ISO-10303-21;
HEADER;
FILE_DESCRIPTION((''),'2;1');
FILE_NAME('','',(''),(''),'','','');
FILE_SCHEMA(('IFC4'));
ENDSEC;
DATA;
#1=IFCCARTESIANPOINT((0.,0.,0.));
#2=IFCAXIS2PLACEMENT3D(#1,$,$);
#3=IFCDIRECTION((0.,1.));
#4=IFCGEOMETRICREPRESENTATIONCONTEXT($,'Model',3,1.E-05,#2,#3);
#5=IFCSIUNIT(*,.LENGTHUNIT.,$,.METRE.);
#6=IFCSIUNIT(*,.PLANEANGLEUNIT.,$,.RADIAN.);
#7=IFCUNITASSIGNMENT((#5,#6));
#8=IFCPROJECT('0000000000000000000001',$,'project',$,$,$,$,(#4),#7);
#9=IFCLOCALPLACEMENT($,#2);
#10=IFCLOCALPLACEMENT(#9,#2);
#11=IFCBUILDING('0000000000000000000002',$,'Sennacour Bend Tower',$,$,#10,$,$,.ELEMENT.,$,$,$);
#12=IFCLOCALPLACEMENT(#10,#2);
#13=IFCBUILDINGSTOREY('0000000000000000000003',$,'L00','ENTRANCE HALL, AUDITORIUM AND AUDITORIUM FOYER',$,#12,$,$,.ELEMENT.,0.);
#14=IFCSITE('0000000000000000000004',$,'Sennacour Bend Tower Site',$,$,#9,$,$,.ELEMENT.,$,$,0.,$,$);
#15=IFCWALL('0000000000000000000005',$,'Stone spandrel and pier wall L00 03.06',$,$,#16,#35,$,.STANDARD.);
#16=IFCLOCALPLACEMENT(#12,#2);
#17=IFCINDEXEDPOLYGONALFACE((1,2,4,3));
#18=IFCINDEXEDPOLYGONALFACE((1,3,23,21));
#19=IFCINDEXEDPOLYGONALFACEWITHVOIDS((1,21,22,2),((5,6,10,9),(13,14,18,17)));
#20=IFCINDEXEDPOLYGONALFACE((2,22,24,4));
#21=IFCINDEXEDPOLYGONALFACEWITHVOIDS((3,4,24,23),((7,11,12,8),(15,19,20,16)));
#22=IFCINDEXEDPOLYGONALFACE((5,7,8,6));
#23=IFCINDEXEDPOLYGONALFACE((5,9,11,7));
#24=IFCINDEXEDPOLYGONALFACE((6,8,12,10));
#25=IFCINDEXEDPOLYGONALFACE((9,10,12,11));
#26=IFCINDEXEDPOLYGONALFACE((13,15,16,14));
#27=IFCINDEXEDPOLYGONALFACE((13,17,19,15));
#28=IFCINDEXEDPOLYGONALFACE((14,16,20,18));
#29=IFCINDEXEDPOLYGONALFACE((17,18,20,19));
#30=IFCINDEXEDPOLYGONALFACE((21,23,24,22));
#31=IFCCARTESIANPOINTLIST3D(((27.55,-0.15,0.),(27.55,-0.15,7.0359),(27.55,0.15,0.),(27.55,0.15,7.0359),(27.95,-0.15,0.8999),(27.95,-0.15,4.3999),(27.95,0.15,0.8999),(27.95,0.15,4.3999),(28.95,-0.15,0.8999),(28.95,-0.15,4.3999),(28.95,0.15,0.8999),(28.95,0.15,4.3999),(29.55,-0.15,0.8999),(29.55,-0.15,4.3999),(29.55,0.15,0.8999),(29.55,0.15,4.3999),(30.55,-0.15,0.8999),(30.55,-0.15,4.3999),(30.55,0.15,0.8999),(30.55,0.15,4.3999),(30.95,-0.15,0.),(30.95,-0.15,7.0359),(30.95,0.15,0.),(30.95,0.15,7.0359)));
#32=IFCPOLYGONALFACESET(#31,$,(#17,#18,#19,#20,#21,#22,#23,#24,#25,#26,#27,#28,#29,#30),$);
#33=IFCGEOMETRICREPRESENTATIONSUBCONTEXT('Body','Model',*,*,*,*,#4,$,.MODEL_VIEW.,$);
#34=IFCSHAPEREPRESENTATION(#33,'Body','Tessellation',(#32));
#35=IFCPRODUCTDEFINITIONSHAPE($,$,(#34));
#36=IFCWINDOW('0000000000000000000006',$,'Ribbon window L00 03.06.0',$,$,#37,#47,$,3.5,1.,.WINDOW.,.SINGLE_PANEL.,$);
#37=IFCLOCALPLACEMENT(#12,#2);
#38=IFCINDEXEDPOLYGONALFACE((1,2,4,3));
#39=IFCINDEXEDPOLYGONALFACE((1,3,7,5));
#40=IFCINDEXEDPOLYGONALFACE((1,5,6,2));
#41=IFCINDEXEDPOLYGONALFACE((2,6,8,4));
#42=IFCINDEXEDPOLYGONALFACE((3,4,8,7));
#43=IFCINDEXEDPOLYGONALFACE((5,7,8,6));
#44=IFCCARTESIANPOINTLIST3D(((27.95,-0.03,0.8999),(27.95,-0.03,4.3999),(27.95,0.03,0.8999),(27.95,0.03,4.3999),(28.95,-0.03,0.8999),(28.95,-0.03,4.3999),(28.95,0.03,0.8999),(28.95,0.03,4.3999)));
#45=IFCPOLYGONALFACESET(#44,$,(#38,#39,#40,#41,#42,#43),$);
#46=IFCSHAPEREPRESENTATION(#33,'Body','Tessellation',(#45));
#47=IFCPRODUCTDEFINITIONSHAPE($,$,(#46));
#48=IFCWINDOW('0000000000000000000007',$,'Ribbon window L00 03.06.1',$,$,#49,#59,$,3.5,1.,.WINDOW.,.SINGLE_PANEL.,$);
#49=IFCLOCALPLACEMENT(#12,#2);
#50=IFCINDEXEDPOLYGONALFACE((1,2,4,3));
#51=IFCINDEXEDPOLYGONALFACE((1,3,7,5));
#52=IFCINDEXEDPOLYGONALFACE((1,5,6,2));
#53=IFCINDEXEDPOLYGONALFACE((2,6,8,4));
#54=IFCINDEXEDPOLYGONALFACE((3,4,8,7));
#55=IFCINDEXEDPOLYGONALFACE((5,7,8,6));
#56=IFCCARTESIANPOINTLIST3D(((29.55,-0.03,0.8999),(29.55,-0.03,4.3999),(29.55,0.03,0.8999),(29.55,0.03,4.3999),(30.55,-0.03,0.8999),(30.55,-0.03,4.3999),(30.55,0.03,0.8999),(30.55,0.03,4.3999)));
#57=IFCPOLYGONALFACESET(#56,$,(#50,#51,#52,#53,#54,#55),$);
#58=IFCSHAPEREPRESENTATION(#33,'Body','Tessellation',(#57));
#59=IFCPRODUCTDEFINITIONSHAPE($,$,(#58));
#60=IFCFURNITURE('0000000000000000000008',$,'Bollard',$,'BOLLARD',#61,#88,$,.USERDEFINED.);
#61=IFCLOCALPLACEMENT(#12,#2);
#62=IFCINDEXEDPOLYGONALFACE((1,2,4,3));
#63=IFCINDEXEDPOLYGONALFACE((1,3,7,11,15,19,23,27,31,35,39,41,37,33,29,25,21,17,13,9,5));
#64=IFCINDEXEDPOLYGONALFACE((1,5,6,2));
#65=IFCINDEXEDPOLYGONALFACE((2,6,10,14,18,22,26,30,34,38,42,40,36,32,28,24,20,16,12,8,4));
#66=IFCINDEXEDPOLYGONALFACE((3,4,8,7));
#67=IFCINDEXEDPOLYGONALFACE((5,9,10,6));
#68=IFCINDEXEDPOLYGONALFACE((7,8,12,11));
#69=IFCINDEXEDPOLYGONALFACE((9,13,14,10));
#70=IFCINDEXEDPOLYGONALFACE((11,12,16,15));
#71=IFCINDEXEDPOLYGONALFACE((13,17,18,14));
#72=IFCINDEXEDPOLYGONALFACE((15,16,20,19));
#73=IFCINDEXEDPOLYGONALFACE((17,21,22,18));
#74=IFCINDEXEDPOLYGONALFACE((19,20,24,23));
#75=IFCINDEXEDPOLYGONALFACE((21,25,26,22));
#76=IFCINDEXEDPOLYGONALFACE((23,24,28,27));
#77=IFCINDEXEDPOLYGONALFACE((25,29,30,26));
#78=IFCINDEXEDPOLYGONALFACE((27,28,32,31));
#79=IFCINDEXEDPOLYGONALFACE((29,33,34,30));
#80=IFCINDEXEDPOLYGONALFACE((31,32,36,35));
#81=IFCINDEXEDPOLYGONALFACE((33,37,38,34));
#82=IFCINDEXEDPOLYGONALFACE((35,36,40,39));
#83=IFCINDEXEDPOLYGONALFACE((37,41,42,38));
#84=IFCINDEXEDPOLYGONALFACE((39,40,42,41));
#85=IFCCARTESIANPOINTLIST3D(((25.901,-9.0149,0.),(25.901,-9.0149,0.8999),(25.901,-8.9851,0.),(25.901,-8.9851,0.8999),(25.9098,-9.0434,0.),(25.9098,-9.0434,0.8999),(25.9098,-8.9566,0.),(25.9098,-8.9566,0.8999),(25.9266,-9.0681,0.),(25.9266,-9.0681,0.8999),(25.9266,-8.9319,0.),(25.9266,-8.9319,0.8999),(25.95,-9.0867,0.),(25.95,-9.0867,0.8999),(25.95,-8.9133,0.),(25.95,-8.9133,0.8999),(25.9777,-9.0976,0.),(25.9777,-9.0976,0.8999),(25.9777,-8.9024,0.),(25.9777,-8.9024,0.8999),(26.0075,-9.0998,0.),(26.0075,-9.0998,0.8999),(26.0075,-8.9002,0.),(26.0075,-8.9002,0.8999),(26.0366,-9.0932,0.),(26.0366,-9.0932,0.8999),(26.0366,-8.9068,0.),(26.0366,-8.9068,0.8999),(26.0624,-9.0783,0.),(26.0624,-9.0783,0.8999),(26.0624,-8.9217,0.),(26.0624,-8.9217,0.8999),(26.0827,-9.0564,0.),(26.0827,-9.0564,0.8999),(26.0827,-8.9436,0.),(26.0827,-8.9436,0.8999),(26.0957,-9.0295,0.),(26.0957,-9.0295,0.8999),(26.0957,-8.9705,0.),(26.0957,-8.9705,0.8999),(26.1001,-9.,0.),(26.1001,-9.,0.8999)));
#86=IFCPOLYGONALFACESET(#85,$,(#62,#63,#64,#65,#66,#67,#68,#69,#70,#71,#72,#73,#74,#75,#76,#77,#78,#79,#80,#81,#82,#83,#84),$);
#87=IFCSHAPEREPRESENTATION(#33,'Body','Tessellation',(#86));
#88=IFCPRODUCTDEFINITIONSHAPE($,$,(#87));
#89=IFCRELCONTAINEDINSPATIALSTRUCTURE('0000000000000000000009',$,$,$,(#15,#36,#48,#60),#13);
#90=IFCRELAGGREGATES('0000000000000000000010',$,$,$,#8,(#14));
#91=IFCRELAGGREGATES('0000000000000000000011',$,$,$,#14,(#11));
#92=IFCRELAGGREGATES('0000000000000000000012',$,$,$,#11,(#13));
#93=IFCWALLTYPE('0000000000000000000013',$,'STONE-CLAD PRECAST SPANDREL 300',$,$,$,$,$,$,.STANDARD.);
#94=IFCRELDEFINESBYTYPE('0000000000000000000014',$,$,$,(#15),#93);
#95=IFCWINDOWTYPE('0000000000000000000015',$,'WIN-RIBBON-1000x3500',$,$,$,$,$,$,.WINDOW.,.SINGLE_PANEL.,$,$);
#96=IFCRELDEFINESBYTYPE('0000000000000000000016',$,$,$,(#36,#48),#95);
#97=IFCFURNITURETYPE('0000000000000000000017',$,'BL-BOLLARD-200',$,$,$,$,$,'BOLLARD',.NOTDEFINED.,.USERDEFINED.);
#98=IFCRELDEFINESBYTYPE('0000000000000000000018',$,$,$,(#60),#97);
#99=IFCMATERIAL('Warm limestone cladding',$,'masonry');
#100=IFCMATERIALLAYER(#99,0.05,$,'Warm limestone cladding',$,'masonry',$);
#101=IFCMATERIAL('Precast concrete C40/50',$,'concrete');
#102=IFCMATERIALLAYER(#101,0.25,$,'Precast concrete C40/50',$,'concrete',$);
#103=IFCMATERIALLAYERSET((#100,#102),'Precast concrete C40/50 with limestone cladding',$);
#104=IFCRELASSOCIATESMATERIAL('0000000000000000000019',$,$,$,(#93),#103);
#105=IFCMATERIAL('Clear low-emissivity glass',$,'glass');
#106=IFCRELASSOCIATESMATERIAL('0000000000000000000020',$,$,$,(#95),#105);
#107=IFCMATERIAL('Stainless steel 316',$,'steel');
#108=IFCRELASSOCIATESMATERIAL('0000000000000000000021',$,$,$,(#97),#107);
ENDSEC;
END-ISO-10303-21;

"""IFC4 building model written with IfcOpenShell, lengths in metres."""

from ifc_helpers import new_model, si_unit, direction, frame, frame_2d, origin, origin_2d, place, context, subcontext, project, spatial, rectangle, circle, extrude, material, layer, layer_set, type_object, element, fill, save


model = new_model("IFC4")

# Units and contexts
model_context = context("Model", 3, precision=1e-05, world=origin(), true_north=direction((0.0, 1.0)))
body_context = subcontext(model_context, "Body", "Model", "MODEL_VIEW")
ifc_project = project(units=[si_unit("LENGTHUNIT", "METRE"), si_unit("PLANEANGLEUNIT", "RADIAN")], contexts=[model_context])

# Site, building, storey
site_placement = place(None, origin())
site = spatial("IfcSite", under=ifc_project, at=site_placement, Name="Sennacour Bend Tower Site", CompositionType="ELEMENT", RefElevation=0.0)
building_placement = place(site_placement, origin())
building = spatial("IfcBuilding", under=site, at=building_placement, Name="Sennacour Bend Tower", CompositionType="ELEMENT")
storey_placement = place(building_placement, origin())
storey = spatial("IfcBuildingStorey", under=building, at=storey_placement, Name="L00", Description="ENTRANCE HALL, AUDITORIUM AND AUDITORIUM FOYER", CompositionType="ELEMENT", Elevation=0.0)

# Wall, openings, windows
ifc_material_1 = material(Name="Warm limestone cladding", Category="masonry")
ifc_layer_1 = layer(ifc_material_1, 0.05, Name="Warm limestone cladding", Category="masonry")
ifc_material_2 = material(Name="Precast concrete C40/50", Category="concrete")
ifc_layer_2 = layer(ifc_material_2, 0.25, Name="Precast concrete C40/50", Category="concrete")
ifc_layer_set_1 = layer_set([ifc_layer_1, ifc_layer_2], Name="Precast concrete C40/50 with limestone cladding")
wall_type_1 = type_object("IfcWallType", Name="STONE-CLAD PRECAST SPANDREL 300", PredefinedType="STANDARD", material=ifc_layer_set_1)
ifc_material_3 = material(Name="Clear low-emissivity glass", Category="glass")
window_type = type_object("IfcWindowType", Name="WIN-RIBBON-1000x3500", PartitioningType="SINGLE_PANEL", PredefinedType="WINDOW", material=ifc_material_3)
wall_1_placement = place(storey_placement, frame((27.55, 0.0, 0.0), z_axis=(0.0, 0.0, 1.0), x_axis=(1.0, 0.0, 0.0)))
wall_1 = element("IfcWall", 1, at=wall_1_placement, inside=storey, type_object=wall_type_1, Name="Stone spandrel and pier wall L00 03.06", PredefinedType="STANDARD", context=body_context, shape_type="SweptSolid", body=[
    extrude(rectangle(XDim=3.3999, YDim=0.3, at=frame_2d((1.7, 0.0))), origin(), (0.0, 0.0, 1.0), 7.0359),
])
opening_1_placement = place(wall_1_placement, frame((0.3999, 0.0, 0.8999)))
opening_1 = element("IfcOpeningElement", 2, at=opening_1_placement, cuts=wall_1, PredefinedType="OPENING", context=body_context, shape_type="SweptSolid", body=[
    extrude(rectangle(XDim=1.0, YDim=3.5, at=frame_2d((0.5, 1.75))), frame((0.0, 0.1602, 0.0), z_axis=(0.0, -1.0, 0.0), x_axis=(1.0, 0.0, 0.0)), (0.0, 0.0, 1.0), 0.3201),
])
opening_2_placement = place(wall_1_placement, frame((2.0, 0.0, 0.8999)))
opening_2 = element("IfcOpeningElement", 3, at=opening_2_placement, cuts=wall_1, PredefinedType="OPENING", context=body_context, shape_type="SweptSolid", body=[
    extrude(rectangle(XDim=1.0, YDim=3.5, at=frame_2d((0.5, 1.75))), frame((0.0, 0.1602, 0.0), z_axis=(0.0, -1.0, 0.0), x_axis=(1.0, 0.0, 0.0)), (0.0, 0.0, 1.0), 0.3201),
])
window_1_placement = place(opening_1_placement, origin())
window_1 = element("IfcWindow", 4, at=window_1_placement, inside=storey, type_object=window_type, Name="Ribbon window L00 03.06.0", OverallHeight=3.5, OverallWidth=1.0, PartitioningType="SINGLE_PANEL", PredefinedType="WINDOW", context=body_context, shape_type="SweptSolid", body=[
    extrude(rectangle(XDim=1.0, YDim=3.5, at=frame_2d((0.5, 1.75))), frame((0.0, 0.03, 0.0), z_axis=(0.0, -1.0, 0.0), x_axis=(1.0, 0.0, 0.0)), (0.0, 0.0, 1.0), 0.0601),
])
fill(opening_1, window_1)
window_2_placement = place(opening_2_placement, origin())
window_2 = element("IfcWindow", 5, at=window_2_placement, inside=storey, type_object=window_type, Name="Ribbon window L00 03.06.1", OverallHeight=3.5, OverallWidth=1.0, PartitioningType="SINGLE_PANEL", PredefinedType="WINDOW", context=body_context, shape_type="SweptSolid", body=[
    extrude(rectangle(XDim=1.0, YDim=3.5, at=frame_2d((0.5, 1.75))), frame((0.0, 0.03, 0.0), z_axis=(0.0, -1.0, 0.0), x_axis=(1.0, 0.0, 0.0)), (0.0, 0.0, 1.0), 0.0601),
])
fill(opening_2, window_2)

# Furniture
ifc_material_4 = material(Name="Stainless steel 316", Category="steel")
furniture_type = type_object("IfcFurnitureType", Name="BL-BOLLARD-200", ElementType="BOLLARD", AssemblyPlace="NOTDEFINED", PredefinedType="USERDEFINED", material=ifc_material_4)
furniture_placement = place(storey_placement, frame((26.0, -9.0, 0.8999), z_axis=(0.0, 0.0, -1.0), x_axis=(1.0, 0.0, 0.0)))
element("IfcFurniture", 6, at=furniture_placement, inside=storey, type_object=furniture_type, Name="Bollard", ObjectType="BOLLARD", PredefinedType="USERDEFINED", context=body_context, shape_type="SweptSolid", body=[
    extrude(circle(Radius=0.1001, at=origin_2d()), origin(), (0.0, 0.0, 1.0), 0.8999),
])

save(model, "model.ifc")
